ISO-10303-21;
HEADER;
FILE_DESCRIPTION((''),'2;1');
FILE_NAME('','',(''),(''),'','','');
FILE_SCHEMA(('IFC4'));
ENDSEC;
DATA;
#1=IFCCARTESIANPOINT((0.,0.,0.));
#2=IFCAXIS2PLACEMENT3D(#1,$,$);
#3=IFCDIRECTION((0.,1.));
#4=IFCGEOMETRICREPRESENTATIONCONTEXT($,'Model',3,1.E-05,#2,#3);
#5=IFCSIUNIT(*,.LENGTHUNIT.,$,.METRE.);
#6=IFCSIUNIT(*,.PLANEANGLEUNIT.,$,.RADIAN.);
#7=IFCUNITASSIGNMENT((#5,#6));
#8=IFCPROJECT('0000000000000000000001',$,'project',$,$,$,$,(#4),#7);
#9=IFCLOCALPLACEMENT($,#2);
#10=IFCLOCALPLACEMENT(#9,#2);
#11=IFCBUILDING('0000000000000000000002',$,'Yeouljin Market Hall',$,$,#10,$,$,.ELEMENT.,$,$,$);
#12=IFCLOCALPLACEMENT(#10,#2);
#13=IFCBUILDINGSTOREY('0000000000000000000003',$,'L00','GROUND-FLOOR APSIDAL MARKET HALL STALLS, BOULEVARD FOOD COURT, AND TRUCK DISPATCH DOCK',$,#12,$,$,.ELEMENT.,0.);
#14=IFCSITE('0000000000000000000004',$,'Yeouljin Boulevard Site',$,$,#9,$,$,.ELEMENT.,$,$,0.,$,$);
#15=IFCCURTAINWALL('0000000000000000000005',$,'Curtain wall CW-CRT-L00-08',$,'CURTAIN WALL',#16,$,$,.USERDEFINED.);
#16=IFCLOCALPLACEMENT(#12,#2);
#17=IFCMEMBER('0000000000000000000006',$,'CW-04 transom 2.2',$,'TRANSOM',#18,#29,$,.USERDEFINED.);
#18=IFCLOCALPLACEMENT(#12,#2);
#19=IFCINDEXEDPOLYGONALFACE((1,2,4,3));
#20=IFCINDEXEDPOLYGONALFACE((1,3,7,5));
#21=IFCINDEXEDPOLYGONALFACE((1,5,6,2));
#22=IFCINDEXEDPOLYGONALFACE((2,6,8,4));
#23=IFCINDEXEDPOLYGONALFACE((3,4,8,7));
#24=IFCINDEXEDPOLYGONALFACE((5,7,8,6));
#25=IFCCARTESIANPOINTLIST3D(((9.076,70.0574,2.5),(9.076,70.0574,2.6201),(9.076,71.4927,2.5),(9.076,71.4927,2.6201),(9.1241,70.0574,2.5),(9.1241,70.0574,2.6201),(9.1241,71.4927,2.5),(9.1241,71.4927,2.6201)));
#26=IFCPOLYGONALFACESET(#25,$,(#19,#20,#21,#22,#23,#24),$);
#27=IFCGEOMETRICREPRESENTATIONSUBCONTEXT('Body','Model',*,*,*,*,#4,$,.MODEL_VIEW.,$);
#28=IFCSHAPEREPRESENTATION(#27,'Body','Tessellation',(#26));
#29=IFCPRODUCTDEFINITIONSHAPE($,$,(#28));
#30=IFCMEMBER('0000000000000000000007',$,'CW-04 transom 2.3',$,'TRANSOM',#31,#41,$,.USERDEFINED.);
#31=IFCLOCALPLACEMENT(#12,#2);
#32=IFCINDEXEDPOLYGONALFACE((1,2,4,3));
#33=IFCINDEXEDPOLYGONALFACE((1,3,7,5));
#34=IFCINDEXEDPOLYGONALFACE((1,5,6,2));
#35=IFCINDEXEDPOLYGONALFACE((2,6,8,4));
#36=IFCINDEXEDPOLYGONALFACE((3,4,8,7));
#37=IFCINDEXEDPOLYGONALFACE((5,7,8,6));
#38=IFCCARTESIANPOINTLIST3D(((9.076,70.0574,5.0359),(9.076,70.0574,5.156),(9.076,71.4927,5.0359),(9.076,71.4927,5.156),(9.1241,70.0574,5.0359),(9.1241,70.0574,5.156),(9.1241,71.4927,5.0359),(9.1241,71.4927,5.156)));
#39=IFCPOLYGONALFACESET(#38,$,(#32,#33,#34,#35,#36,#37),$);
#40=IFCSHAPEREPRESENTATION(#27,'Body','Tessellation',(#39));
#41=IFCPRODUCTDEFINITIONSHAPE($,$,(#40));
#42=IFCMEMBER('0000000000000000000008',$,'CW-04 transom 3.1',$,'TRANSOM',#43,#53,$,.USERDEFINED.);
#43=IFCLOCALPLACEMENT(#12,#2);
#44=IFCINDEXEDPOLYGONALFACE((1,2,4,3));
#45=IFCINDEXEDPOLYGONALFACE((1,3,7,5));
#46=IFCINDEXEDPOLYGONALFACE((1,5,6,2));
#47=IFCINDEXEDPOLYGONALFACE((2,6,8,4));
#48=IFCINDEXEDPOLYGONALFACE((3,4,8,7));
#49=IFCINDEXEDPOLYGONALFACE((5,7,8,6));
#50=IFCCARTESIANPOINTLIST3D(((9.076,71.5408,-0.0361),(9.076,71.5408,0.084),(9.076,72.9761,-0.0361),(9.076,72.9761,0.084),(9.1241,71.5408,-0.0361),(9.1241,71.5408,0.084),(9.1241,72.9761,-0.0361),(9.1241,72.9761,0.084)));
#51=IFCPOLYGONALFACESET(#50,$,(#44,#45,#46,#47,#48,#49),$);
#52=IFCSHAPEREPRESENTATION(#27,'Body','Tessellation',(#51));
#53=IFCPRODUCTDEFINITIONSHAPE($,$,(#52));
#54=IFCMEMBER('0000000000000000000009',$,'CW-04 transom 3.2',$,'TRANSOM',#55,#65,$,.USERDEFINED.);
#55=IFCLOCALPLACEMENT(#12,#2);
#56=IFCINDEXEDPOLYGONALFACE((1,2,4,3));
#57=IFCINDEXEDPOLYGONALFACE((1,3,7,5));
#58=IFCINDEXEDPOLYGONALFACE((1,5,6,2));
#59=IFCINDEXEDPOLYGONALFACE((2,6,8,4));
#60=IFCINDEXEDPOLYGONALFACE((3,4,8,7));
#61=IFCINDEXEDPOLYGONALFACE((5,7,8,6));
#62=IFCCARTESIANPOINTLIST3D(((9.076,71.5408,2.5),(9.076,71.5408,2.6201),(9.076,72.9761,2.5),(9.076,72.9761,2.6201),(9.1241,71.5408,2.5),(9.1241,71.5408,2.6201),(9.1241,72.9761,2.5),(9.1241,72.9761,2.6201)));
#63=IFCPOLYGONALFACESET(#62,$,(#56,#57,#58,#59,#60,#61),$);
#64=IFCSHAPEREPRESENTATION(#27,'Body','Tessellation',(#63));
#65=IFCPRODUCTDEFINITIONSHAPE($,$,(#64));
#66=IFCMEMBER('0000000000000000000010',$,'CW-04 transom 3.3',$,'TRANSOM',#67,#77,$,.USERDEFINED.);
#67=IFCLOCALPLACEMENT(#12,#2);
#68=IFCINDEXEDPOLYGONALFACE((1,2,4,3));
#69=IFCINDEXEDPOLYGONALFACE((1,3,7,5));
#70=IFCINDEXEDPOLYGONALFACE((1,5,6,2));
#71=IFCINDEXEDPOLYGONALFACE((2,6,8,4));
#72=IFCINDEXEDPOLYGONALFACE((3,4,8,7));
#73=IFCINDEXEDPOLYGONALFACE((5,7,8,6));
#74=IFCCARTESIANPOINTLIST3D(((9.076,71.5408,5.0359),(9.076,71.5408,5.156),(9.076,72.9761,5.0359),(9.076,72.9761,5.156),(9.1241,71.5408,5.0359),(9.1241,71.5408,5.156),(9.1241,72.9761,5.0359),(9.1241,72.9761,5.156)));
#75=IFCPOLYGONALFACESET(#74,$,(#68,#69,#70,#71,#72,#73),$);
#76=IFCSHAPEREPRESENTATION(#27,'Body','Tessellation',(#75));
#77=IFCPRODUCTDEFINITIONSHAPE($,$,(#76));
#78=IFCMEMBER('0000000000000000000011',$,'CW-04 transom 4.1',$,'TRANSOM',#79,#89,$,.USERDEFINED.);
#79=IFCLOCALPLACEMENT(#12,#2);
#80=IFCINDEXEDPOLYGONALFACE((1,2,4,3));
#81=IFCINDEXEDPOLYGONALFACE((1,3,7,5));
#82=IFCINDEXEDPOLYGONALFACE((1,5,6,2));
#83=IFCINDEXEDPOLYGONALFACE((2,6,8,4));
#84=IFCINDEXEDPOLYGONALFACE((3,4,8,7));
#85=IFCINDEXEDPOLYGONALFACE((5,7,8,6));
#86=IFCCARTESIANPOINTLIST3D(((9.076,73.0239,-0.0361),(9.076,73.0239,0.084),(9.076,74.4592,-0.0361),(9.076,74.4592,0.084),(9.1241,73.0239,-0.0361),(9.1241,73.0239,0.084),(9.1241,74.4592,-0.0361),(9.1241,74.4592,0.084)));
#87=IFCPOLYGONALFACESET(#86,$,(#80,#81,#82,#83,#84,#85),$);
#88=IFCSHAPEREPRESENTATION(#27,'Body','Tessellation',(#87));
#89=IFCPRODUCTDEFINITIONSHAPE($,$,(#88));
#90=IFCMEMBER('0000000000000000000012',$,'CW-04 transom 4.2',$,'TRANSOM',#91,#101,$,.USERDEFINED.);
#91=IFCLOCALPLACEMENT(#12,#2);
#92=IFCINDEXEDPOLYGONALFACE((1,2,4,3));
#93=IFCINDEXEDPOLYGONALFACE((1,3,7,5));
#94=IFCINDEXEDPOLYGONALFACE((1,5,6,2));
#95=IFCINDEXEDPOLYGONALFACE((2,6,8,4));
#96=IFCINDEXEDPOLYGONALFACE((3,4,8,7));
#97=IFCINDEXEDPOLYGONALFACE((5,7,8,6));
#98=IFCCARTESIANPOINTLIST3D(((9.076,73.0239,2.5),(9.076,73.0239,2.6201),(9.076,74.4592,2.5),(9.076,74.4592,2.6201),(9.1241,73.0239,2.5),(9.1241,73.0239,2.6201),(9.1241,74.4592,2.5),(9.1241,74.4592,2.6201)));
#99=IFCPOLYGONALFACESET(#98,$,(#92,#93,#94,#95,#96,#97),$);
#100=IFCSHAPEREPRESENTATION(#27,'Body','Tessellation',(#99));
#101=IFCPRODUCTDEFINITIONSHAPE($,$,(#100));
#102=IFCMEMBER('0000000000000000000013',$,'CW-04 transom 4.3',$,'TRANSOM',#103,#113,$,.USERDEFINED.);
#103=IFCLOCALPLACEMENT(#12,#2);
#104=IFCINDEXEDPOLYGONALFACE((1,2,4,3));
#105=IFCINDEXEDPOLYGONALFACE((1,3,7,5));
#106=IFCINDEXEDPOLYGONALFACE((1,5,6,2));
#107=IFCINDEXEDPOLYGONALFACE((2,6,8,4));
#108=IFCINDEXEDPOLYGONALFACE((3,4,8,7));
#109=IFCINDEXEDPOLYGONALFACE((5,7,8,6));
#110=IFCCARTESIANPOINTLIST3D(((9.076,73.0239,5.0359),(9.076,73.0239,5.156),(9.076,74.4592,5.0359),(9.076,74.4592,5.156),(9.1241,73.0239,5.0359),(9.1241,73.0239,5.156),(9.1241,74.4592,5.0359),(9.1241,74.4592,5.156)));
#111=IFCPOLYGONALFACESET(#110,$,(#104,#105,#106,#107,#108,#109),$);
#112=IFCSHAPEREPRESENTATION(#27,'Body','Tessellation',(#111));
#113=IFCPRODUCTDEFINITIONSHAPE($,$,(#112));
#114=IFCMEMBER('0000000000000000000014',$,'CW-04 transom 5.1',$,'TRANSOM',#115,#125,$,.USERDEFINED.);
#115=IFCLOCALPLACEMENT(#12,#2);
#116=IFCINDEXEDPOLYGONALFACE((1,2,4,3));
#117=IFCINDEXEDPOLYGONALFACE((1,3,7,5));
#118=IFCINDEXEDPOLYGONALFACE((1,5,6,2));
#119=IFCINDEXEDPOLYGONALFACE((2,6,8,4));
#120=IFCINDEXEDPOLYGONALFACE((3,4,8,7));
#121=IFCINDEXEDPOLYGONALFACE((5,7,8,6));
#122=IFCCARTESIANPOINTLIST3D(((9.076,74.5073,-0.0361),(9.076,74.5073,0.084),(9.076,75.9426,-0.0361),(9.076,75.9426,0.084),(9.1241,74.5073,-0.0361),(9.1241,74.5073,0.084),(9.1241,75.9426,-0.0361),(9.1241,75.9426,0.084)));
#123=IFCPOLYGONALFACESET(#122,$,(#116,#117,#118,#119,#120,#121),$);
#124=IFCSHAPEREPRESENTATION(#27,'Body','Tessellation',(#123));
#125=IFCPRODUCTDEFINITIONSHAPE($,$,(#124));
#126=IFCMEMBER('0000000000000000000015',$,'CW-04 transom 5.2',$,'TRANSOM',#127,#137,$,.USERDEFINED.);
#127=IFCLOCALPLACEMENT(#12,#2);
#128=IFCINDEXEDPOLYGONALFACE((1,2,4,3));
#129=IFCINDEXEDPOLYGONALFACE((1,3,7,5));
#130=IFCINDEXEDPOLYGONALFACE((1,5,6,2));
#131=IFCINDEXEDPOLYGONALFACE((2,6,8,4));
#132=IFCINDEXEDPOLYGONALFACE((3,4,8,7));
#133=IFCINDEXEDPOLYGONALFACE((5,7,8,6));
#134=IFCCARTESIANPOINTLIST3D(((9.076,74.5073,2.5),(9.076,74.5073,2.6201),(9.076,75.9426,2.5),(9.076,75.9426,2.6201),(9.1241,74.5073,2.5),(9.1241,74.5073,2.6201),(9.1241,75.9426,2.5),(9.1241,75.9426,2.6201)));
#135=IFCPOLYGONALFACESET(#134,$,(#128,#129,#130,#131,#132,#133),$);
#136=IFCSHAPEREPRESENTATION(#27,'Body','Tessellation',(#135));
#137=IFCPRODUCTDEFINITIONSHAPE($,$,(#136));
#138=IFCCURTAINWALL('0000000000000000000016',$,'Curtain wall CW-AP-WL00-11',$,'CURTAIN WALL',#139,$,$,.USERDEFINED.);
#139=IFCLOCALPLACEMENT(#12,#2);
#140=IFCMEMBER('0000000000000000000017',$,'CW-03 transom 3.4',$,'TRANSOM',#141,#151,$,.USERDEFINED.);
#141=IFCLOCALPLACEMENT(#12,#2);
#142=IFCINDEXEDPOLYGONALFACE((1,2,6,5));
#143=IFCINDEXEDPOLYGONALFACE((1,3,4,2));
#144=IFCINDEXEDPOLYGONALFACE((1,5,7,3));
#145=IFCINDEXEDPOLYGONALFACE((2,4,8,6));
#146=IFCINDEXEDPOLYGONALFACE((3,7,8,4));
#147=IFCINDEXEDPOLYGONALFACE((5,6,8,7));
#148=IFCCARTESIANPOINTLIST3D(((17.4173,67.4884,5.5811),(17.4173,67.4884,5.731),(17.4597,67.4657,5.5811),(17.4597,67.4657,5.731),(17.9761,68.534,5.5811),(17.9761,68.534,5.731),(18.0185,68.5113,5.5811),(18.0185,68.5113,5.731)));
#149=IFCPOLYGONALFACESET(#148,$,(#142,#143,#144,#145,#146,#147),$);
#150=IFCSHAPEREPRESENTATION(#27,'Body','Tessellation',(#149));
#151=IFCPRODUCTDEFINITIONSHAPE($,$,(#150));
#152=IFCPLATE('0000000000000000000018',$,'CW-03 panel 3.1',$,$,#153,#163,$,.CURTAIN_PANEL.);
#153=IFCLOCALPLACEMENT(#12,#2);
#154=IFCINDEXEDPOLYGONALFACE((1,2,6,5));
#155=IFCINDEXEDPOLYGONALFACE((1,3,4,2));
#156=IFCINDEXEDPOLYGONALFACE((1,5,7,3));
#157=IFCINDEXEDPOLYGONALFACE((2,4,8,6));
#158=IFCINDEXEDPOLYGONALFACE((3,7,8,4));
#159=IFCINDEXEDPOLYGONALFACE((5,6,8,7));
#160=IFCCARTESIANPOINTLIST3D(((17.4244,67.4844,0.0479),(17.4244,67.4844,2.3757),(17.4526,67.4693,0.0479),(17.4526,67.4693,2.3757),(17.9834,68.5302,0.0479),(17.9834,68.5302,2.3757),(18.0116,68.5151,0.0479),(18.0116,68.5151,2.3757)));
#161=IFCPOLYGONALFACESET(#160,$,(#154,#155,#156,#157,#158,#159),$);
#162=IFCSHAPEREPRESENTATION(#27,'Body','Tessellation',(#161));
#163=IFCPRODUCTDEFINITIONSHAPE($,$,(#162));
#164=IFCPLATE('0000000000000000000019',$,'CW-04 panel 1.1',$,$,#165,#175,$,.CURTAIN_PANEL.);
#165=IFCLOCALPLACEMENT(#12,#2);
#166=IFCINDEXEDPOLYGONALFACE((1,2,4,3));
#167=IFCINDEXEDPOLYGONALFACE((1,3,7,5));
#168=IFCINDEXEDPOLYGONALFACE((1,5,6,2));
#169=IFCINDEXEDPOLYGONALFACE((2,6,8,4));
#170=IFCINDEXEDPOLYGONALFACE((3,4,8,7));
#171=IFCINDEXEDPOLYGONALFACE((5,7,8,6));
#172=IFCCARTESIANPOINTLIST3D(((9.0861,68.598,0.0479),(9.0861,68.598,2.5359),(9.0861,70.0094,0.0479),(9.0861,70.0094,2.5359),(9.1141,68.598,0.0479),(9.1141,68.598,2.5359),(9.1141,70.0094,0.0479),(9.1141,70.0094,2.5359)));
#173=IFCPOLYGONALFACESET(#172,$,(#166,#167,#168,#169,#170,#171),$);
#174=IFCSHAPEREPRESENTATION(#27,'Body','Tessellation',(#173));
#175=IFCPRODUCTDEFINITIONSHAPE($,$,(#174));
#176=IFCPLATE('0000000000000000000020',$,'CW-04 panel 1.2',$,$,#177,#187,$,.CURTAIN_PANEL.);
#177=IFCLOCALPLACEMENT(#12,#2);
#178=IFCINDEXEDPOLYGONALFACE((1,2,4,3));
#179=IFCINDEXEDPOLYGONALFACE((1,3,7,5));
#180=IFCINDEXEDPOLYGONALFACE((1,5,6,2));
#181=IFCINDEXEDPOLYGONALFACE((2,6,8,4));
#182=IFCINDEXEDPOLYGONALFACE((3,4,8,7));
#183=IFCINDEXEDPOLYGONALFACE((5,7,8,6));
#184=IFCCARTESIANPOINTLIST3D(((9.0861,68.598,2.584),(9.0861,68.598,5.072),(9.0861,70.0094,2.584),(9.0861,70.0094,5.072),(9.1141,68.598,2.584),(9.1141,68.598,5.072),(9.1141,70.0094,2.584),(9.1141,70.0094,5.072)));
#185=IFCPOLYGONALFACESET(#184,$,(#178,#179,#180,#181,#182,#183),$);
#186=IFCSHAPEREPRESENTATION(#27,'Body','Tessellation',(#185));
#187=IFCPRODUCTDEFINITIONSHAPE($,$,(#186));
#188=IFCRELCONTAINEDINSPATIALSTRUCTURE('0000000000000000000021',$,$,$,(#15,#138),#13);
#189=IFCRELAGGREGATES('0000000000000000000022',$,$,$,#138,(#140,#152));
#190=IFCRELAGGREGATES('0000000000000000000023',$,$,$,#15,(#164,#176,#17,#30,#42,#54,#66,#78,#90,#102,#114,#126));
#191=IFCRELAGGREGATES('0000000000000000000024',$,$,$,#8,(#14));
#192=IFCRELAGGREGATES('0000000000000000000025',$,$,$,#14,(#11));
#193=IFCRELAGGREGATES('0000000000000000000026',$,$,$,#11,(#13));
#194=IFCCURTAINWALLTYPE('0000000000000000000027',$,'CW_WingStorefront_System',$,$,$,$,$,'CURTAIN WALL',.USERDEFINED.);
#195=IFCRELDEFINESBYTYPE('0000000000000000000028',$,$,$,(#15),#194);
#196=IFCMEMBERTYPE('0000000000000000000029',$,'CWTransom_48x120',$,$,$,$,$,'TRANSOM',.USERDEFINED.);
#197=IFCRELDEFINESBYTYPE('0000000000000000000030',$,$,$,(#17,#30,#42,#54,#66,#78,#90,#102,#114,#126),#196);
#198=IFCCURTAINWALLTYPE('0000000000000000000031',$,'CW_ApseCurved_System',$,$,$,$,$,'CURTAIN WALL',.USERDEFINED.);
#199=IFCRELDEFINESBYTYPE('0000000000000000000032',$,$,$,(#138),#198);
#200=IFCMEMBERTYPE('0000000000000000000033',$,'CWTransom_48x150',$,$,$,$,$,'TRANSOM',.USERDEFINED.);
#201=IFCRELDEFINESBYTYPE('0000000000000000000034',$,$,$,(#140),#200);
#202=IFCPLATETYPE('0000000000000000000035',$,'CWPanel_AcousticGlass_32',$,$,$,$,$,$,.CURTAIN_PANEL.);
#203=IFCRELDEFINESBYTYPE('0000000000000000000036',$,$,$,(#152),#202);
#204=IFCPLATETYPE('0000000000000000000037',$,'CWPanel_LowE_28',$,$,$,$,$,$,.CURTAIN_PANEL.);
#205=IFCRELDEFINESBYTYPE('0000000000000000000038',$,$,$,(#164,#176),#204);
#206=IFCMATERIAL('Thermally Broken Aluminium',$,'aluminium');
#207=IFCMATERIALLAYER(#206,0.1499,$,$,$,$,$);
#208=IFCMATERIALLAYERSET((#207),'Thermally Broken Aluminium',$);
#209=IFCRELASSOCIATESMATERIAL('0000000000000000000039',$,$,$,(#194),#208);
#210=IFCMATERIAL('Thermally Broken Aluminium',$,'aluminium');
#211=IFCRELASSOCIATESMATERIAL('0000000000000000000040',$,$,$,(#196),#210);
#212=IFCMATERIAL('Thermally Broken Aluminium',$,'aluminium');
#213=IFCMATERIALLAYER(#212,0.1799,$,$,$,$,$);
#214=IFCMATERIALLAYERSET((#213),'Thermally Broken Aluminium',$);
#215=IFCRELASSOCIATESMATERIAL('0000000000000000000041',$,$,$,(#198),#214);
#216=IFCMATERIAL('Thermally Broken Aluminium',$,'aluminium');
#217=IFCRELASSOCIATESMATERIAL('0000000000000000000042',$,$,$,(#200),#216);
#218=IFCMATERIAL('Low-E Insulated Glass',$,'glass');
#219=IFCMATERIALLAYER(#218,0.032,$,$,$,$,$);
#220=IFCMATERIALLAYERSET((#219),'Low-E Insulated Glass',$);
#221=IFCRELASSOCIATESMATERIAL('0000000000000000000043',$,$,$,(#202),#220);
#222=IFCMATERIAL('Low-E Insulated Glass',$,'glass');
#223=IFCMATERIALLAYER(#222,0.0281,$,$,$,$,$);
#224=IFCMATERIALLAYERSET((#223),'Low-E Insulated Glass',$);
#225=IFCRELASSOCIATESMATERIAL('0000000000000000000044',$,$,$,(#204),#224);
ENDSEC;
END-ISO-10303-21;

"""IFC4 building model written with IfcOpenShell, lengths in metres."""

from ifc_helpers import new_model, si_unit, direction, frame, origin, origin_2d, place, context, subcontext, project, spatial, rectangle, extrude, material, layer, layer_set, material_profile, profile_set, type_object, element, aggregate, save


model = new_model("IFC4")

# Units and contexts
model_context = context("Model", 3, precision=1e-05, world=origin(), true_north=direction((0.0, 1.0)))
body_context = subcontext(model_context, "Body", "Model", "MODEL_VIEW")
ifc_project = project(units=[si_unit("LENGTHUNIT", "METRE"), si_unit("PLANEANGLEUNIT", "RADIAN")], contexts=[model_context])

# Site, building, storey
site_placement = place(None, origin())
site = spatial("IfcSite", under=ifc_project, at=site_placement, Name="Yeouljin Boulevard Site", CompositionType="ELEMENT", RefElevation=0.0)
building_placement = place(site_placement, origin())
building = spatial("IfcBuilding", under=site, at=building_placement, Name="Yeouljin Market Hall", CompositionType="ELEMENT")
storey_placement = place(building_placement, origin())
storey = spatial("IfcBuildingStorey", under=building, at=storey_placement, Name="L00", Description="GROUND-FLOOR APSIDAL MARKET HALL STALLS, BOULEVARD FOOD COURT, AND TRUCK DISPATCH DOCK", CompositionType="ELEMENT", Elevation=0.0)

# Curtain wall, members
ifc_material_1 = material(Name="Thermally Broken Aluminium", Category="aluminium")
ifc_layer_1 = layer(ifc_material_1, 0.1499)
ifc_layer_set_1 = layer_set([ifc_layer_1], Name="Thermally Broken Aluminium")
curtain_wall_type_1 = type_object("IfcCurtainWallType", Name="CW_WingStorefront_System", ElementType="CURTAIN WALL", PredefinedType="USERDEFINED", material=ifc_layer_set_1)
curtain_wall_1_placement = place(storey_placement, origin())
curtain_wall_1 = element("IfcCurtainWall", 1, at=curtain_wall_1_placement, inside=storey, type_object=curtain_wall_type_1, Name="Curtain wall CW-CRT-L00-08", ObjectType="CURTAIN WALL", PredefinedType="USERDEFINED")
ifc_material_2 = material(Name="Thermally Broken Aluminium", Category="aluminium")
ifc_material_profile_1 = material_profile(ifc_material_2, rectangle(XDim=0.0481, YDim=0.1201, at=origin_2d()), Name="CW-TRAN-48x120")
ifc_profile_set_1 = profile_set([ifc_material_profile_1], Name="Thermally Broken Aluminium")
member_type_1 = type_object("IfcMemberType", Name="CWTransom_48x120", ElementType="TRANSOM", PredefinedType="USERDEFINED", material=ifc_profile_set_1)
member_1_placement = place(storey_placement, frame((9.1001, 70.0574, 2.5601), z_axis=(0.0, 1.0, 0.0), x_axis=(-1.0, 0.0, 0.0)))
member_1 = element("IfcMember", 2, at=member_1_placement, type_object=member_type_1, Name="CW-04 transom 2.2", ObjectType="TRANSOM", PredefinedType="USERDEFINED", context=body_context, shape_type="SweptSolid", body=[
    extrude(rectangle(XDim=0.0481, YDim=0.1201, at=origin_2d()), origin(), (0.0, 0.0, 1.0), 1.4353),
])
member_2_placement = place(storey_placement, frame((9.1001, 70.0574, 5.0959), z_axis=(0.0, 1.0, 0.0), x_axis=(-1.0, 0.0, 0.0)))
member_2 = element("IfcMember", 3, at=member_2_placement, type_object=member_type_1, Name="CW-04 transom 2.3", ObjectType="TRANSOM", PredefinedType="USERDEFINED", context=body_context, shape_type="SweptSolid", body=[
    extrude(rectangle(XDim=0.0481, YDim=0.1201, at=origin_2d()), origin(), (0.0, 0.0, 1.0), 1.4353),
])
member_3_placement = place(storey_placement, frame((9.1001, 71.5408, 0.0239), z_axis=(0.0, 1.0, 0.0), x_axis=(-1.0, 0.0, 0.0)))
member_3 = element("IfcMember", 4, at=member_3_placement, type_object=member_type_1, Name="CW-04 transom 3.1", ObjectType="TRANSOM", PredefinedType="USERDEFINED", context=body_context, shape_type="SweptSolid", body=[
    extrude(rectangle(XDim=0.0481, YDim=0.1201, at=origin_2d()), origin(), (0.0, 0.0, 1.0), 1.4353),
])
member_4_placement = place(storey_placement, frame((9.1001, 71.5408, 2.5601), z_axis=(0.0, 1.0, 0.0), x_axis=(-1.0, 0.0, 0.0)))
member_4 = element("IfcMember", 5, at=member_4_placement, type_object=member_type_1, Name="CW-04 transom 3.2", ObjectType="TRANSOM", PredefinedType="USERDEFINED", context=body_context, shape_type="SweptSolid", body=[
    extrude(rectangle(XDim=0.0481, YDim=0.1201, at=origin_2d()), origin(), (0.0, 0.0, 1.0), 1.4353),
])
member_5_placement = place(storey_placement, frame((9.1001, 71.5408, 5.0959), z_axis=(0.0, 1.0, 0.0), x_axis=(-1.0, 0.0, 0.0)))
member_5 = element("IfcMember", 6, at=member_5_placement, type_object=member_type_1, Name="CW-04 transom 3.3", ObjectType="TRANSOM", PredefinedType="USERDEFINED", context=body_context, shape_type="SweptSolid", body=[
    extrude(rectangle(XDim=0.0481, YDim=0.1201, at=origin_2d()), origin(), (0.0, 0.0, 1.0), 1.4353),
])
member_6_placement = place(storey_placement, frame((9.1001, 73.0239, 0.0239), z_axis=(0.0, 1.0, 0.0), x_axis=(-1.0, 0.0, 0.0)))
member_6 = element("IfcMember", 7, at=member_6_placement, type_object=member_type_1, Name="CW-04 transom 4.1", ObjectType="TRANSOM", PredefinedType="USERDEFINED", context=body_context, shape_type="SweptSolid", body=[
    extrude(rectangle(XDim=0.0481, YDim=0.1201, at=origin_2d()), origin(), (0.0, 0.0, 1.0), 1.4353),
])
member_7_placement = place(storey_placement, frame((9.1001, 73.0239, 2.5601), z_axis=(0.0, 1.0, 0.0), x_axis=(-1.0, 0.0, 0.0)))
member_7 = element("IfcMember", 8, at=member_7_placement, type_object=member_type_1, Name="CW-04 transom 4.2", ObjectType="TRANSOM", PredefinedType="USERDEFINED", context=body_context, shape_type="SweptSolid", body=[
    extrude(rectangle(XDim=0.0481, YDim=0.1201, at=origin_2d()), origin(), (0.0, 0.0, 1.0), 1.4353),
])
member_8_placement = place(storey_placement, frame((9.1001, 73.0239, 5.0959), z_axis=(0.0, 1.0, 0.0), x_axis=(-1.0, 0.0, 0.0)))
member_8 = element("IfcMember", 9, at=member_8_placement, type_object=member_type_1, Name="CW-04 transom 4.3", ObjectType="TRANSOM", PredefinedType="USERDEFINED", context=body_context, shape_type="SweptSolid", body=[
    extrude(rectangle(XDim=0.0481, YDim=0.1201, at=origin_2d()), origin(), (0.0, 0.0, 1.0), 1.4353),
])
member_9_placement = place(storey_placement, frame((9.1001, 74.5073, 0.0239), z_axis=(0.0, 1.0, 0.0), x_axis=(-1.0, 0.0, 0.0)))
member_9 = element("IfcMember", 10, at=member_9_placement, type_object=member_type_1, Name="CW-04 transom 5.1", ObjectType="TRANSOM", PredefinedType="USERDEFINED", context=body_context, shape_type="SweptSolid", body=[
    extrude(rectangle(XDim=0.0481, YDim=0.1201, at=origin_2d()), origin(), (0.0, 0.0, 1.0), 1.4353),
])
member_10_placement = place(storey_placement, frame((9.1001, 74.5073, 2.5601), z_axis=(0.0, 1.0, 0.0), x_axis=(-1.0, 0.0, 0.0)))
member_10 = element("IfcMember", 11, at=member_10_placement, type_object=member_type_1, Name="CW-04 transom 5.2", ObjectType="TRANSOM", PredefinedType="USERDEFINED", context=body_context, shape_type="SweptSolid", body=[
    extrude(rectangle(XDim=0.0481, YDim=0.1201, at=origin_2d()), origin(), (0.0, 0.0, 1.0), 1.4353),
])

# Curtain wall, member, plate
ifc_material_3 = material(Name="Thermally Broken Aluminium", Category="aluminium")
ifc_layer_2 = layer(ifc_material_3, 0.1799)
ifc_layer_set_2 = layer_set([ifc_layer_2], Name="Thermally Broken Aluminium")
curtain_wall_type_2 = type_object("IfcCurtainWallType", Name="CW_ApseCurved_System", ElementType="CURTAIN WALL", PredefinedType="USERDEFINED", material=ifc_layer_set_2)
curtain_wall_2_placement = place(storey_placement, origin())
curtain_wall_2 = element("IfcCurtainWall", 12, at=curtain_wall_2_placement, inside=storey, type_object=curtain_wall_type_2, Name="Curtain wall CW-AP-WL00-11", ObjectType="CURTAIN WALL", PredefinedType="USERDEFINED")
ifc_material_4 = material(Name="Thermally Broken Aluminium", Category="aluminium")
ifc_material_profile_2 = material_profile(ifc_material_4, rectangle(XDim=0.0481, YDim=0.1499, at=origin_2d()), Name="CW-TRAN-48x150")
ifc_profile_set_2 = profile_set([ifc_material_profile_2], Name="Thermally Broken Aluminium")
member_type_2 = type_object("IfcMemberType", Name="CWTransom_48x150", ElementType="TRANSOM", PredefinedType="USERDEFINED", material=ifc_profile_set_2)
member_11_placement = place(storey_placement, frame((17.4385, 67.4771, 5.656), z_axis=(0.471347, 0.881948, 0.0), x_axis=(-0.881948, 0.471347, 0.0)))
member_11 = element("IfcMember", 13, at=member_11_placement, type_object=member_type_2, Name="CW-03 transom 3.4", ObjectType="TRANSOM", PredefinedType="USERDEFINED", context=body_context, shape_type="SweptSolid", body=[
    extrude(rectangle(XDim=0.0481, YDim=0.1499, at=origin_2d()), origin(), (0.0, 0.0, 1.0), 1.1855),
])
ifc_material_5 = material(Name="Low-E Insulated Glass", Category="glass")
ifc_layer_3 = layer(ifc_material_5, 0.032)
ifc_layer_set_3 = layer_set([ifc_layer_3], Name="Low-E Insulated Glass")
plate_type_1 = type_object("IfcPlateType", Name="CWPanel_AcousticGlass_32", PredefinedType="CURTAIN_PANEL", material=ifc_layer_set_3)
plate_1_placement = place(storey_placement, frame((17.718, 67.9998, 0.0479), z_axis=(0.0, 0.0, 1.0), x_axis=(0.471378, 0.881931, 0.0)))
plate_1 = element("IfcPlate", 14, at=plate_1_placement, type_object=plate_type_1, Name="CW-03 panel 3.1", PredefinedType="CURTAIN_PANEL", context=body_context, shape_type="SweptSolid", body=[
    extrude(rectangle(XDim=1.1858, YDim=0.032, at=origin_2d()), origin(), (0.0, 0.0, 1.0), 2.3279),
])
aggregate(curtain_wall_2, [member_11, plate_1])

# Plates
ifc_material_6 = material(Name="Low-E Insulated Glass", Category="glass")
ifc_layer_4 = layer(ifc_material_6, 0.0281)
ifc_layer_set_4 = layer_set([ifc_layer_4], Name="Low-E Insulated Glass")
plate_type_2 = type_object("IfcPlateType", Name="CWPanel_LowE_28", PredefinedType="CURTAIN_PANEL", material=ifc_layer_set_4)
plate_2_placement = place(storey_placement, frame((9.1001, 69.3037, 0.0479), z_axis=(0.0, 0.0, 1.0), x_axis=(0.0, 1.0, 0.0)))
plate_2 = element("IfcPlate", 15, at=plate_2_placement, type_object=plate_type_2, Name="CW-04 panel 1.1", PredefinedType="CURTAIN_PANEL", context=body_context, shape_type="SweptSolid", body=[
    extrude(rectangle(XDim=1.4114, YDim=0.0281, at=origin_2d()), origin(), (0.0, 0.0, 1.0), 2.488),
])
plate_3_placement = place(storey_placement, frame((9.1001, 69.3037, 2.584), z_axis=(0.0, 0.0, 1.0), x_axis=(0.0, 1.0, 0.0)))
plate_3 = element("IfcPlate", 16, at=plate_3_placement, type_object=plate_type_2, Name="CW-04 panel 1.2", PredefinedType="CURTAIN_PANEL", context=body_context, shape_type="SweptSolid", body=[
    extrude(rectangle(XDim=1.4114, YDim=0.0281, at=origin_2d()), origin(), (0.0, 0.0, 1.0), 2.488),
])
aggregate(curtain_wall_1, [plate_2, plate_3, member_1, member_2, member_3, member_4, member_5, member_6, member_7, member_8, member_9, member_10])

save(model, "model.ifc")
